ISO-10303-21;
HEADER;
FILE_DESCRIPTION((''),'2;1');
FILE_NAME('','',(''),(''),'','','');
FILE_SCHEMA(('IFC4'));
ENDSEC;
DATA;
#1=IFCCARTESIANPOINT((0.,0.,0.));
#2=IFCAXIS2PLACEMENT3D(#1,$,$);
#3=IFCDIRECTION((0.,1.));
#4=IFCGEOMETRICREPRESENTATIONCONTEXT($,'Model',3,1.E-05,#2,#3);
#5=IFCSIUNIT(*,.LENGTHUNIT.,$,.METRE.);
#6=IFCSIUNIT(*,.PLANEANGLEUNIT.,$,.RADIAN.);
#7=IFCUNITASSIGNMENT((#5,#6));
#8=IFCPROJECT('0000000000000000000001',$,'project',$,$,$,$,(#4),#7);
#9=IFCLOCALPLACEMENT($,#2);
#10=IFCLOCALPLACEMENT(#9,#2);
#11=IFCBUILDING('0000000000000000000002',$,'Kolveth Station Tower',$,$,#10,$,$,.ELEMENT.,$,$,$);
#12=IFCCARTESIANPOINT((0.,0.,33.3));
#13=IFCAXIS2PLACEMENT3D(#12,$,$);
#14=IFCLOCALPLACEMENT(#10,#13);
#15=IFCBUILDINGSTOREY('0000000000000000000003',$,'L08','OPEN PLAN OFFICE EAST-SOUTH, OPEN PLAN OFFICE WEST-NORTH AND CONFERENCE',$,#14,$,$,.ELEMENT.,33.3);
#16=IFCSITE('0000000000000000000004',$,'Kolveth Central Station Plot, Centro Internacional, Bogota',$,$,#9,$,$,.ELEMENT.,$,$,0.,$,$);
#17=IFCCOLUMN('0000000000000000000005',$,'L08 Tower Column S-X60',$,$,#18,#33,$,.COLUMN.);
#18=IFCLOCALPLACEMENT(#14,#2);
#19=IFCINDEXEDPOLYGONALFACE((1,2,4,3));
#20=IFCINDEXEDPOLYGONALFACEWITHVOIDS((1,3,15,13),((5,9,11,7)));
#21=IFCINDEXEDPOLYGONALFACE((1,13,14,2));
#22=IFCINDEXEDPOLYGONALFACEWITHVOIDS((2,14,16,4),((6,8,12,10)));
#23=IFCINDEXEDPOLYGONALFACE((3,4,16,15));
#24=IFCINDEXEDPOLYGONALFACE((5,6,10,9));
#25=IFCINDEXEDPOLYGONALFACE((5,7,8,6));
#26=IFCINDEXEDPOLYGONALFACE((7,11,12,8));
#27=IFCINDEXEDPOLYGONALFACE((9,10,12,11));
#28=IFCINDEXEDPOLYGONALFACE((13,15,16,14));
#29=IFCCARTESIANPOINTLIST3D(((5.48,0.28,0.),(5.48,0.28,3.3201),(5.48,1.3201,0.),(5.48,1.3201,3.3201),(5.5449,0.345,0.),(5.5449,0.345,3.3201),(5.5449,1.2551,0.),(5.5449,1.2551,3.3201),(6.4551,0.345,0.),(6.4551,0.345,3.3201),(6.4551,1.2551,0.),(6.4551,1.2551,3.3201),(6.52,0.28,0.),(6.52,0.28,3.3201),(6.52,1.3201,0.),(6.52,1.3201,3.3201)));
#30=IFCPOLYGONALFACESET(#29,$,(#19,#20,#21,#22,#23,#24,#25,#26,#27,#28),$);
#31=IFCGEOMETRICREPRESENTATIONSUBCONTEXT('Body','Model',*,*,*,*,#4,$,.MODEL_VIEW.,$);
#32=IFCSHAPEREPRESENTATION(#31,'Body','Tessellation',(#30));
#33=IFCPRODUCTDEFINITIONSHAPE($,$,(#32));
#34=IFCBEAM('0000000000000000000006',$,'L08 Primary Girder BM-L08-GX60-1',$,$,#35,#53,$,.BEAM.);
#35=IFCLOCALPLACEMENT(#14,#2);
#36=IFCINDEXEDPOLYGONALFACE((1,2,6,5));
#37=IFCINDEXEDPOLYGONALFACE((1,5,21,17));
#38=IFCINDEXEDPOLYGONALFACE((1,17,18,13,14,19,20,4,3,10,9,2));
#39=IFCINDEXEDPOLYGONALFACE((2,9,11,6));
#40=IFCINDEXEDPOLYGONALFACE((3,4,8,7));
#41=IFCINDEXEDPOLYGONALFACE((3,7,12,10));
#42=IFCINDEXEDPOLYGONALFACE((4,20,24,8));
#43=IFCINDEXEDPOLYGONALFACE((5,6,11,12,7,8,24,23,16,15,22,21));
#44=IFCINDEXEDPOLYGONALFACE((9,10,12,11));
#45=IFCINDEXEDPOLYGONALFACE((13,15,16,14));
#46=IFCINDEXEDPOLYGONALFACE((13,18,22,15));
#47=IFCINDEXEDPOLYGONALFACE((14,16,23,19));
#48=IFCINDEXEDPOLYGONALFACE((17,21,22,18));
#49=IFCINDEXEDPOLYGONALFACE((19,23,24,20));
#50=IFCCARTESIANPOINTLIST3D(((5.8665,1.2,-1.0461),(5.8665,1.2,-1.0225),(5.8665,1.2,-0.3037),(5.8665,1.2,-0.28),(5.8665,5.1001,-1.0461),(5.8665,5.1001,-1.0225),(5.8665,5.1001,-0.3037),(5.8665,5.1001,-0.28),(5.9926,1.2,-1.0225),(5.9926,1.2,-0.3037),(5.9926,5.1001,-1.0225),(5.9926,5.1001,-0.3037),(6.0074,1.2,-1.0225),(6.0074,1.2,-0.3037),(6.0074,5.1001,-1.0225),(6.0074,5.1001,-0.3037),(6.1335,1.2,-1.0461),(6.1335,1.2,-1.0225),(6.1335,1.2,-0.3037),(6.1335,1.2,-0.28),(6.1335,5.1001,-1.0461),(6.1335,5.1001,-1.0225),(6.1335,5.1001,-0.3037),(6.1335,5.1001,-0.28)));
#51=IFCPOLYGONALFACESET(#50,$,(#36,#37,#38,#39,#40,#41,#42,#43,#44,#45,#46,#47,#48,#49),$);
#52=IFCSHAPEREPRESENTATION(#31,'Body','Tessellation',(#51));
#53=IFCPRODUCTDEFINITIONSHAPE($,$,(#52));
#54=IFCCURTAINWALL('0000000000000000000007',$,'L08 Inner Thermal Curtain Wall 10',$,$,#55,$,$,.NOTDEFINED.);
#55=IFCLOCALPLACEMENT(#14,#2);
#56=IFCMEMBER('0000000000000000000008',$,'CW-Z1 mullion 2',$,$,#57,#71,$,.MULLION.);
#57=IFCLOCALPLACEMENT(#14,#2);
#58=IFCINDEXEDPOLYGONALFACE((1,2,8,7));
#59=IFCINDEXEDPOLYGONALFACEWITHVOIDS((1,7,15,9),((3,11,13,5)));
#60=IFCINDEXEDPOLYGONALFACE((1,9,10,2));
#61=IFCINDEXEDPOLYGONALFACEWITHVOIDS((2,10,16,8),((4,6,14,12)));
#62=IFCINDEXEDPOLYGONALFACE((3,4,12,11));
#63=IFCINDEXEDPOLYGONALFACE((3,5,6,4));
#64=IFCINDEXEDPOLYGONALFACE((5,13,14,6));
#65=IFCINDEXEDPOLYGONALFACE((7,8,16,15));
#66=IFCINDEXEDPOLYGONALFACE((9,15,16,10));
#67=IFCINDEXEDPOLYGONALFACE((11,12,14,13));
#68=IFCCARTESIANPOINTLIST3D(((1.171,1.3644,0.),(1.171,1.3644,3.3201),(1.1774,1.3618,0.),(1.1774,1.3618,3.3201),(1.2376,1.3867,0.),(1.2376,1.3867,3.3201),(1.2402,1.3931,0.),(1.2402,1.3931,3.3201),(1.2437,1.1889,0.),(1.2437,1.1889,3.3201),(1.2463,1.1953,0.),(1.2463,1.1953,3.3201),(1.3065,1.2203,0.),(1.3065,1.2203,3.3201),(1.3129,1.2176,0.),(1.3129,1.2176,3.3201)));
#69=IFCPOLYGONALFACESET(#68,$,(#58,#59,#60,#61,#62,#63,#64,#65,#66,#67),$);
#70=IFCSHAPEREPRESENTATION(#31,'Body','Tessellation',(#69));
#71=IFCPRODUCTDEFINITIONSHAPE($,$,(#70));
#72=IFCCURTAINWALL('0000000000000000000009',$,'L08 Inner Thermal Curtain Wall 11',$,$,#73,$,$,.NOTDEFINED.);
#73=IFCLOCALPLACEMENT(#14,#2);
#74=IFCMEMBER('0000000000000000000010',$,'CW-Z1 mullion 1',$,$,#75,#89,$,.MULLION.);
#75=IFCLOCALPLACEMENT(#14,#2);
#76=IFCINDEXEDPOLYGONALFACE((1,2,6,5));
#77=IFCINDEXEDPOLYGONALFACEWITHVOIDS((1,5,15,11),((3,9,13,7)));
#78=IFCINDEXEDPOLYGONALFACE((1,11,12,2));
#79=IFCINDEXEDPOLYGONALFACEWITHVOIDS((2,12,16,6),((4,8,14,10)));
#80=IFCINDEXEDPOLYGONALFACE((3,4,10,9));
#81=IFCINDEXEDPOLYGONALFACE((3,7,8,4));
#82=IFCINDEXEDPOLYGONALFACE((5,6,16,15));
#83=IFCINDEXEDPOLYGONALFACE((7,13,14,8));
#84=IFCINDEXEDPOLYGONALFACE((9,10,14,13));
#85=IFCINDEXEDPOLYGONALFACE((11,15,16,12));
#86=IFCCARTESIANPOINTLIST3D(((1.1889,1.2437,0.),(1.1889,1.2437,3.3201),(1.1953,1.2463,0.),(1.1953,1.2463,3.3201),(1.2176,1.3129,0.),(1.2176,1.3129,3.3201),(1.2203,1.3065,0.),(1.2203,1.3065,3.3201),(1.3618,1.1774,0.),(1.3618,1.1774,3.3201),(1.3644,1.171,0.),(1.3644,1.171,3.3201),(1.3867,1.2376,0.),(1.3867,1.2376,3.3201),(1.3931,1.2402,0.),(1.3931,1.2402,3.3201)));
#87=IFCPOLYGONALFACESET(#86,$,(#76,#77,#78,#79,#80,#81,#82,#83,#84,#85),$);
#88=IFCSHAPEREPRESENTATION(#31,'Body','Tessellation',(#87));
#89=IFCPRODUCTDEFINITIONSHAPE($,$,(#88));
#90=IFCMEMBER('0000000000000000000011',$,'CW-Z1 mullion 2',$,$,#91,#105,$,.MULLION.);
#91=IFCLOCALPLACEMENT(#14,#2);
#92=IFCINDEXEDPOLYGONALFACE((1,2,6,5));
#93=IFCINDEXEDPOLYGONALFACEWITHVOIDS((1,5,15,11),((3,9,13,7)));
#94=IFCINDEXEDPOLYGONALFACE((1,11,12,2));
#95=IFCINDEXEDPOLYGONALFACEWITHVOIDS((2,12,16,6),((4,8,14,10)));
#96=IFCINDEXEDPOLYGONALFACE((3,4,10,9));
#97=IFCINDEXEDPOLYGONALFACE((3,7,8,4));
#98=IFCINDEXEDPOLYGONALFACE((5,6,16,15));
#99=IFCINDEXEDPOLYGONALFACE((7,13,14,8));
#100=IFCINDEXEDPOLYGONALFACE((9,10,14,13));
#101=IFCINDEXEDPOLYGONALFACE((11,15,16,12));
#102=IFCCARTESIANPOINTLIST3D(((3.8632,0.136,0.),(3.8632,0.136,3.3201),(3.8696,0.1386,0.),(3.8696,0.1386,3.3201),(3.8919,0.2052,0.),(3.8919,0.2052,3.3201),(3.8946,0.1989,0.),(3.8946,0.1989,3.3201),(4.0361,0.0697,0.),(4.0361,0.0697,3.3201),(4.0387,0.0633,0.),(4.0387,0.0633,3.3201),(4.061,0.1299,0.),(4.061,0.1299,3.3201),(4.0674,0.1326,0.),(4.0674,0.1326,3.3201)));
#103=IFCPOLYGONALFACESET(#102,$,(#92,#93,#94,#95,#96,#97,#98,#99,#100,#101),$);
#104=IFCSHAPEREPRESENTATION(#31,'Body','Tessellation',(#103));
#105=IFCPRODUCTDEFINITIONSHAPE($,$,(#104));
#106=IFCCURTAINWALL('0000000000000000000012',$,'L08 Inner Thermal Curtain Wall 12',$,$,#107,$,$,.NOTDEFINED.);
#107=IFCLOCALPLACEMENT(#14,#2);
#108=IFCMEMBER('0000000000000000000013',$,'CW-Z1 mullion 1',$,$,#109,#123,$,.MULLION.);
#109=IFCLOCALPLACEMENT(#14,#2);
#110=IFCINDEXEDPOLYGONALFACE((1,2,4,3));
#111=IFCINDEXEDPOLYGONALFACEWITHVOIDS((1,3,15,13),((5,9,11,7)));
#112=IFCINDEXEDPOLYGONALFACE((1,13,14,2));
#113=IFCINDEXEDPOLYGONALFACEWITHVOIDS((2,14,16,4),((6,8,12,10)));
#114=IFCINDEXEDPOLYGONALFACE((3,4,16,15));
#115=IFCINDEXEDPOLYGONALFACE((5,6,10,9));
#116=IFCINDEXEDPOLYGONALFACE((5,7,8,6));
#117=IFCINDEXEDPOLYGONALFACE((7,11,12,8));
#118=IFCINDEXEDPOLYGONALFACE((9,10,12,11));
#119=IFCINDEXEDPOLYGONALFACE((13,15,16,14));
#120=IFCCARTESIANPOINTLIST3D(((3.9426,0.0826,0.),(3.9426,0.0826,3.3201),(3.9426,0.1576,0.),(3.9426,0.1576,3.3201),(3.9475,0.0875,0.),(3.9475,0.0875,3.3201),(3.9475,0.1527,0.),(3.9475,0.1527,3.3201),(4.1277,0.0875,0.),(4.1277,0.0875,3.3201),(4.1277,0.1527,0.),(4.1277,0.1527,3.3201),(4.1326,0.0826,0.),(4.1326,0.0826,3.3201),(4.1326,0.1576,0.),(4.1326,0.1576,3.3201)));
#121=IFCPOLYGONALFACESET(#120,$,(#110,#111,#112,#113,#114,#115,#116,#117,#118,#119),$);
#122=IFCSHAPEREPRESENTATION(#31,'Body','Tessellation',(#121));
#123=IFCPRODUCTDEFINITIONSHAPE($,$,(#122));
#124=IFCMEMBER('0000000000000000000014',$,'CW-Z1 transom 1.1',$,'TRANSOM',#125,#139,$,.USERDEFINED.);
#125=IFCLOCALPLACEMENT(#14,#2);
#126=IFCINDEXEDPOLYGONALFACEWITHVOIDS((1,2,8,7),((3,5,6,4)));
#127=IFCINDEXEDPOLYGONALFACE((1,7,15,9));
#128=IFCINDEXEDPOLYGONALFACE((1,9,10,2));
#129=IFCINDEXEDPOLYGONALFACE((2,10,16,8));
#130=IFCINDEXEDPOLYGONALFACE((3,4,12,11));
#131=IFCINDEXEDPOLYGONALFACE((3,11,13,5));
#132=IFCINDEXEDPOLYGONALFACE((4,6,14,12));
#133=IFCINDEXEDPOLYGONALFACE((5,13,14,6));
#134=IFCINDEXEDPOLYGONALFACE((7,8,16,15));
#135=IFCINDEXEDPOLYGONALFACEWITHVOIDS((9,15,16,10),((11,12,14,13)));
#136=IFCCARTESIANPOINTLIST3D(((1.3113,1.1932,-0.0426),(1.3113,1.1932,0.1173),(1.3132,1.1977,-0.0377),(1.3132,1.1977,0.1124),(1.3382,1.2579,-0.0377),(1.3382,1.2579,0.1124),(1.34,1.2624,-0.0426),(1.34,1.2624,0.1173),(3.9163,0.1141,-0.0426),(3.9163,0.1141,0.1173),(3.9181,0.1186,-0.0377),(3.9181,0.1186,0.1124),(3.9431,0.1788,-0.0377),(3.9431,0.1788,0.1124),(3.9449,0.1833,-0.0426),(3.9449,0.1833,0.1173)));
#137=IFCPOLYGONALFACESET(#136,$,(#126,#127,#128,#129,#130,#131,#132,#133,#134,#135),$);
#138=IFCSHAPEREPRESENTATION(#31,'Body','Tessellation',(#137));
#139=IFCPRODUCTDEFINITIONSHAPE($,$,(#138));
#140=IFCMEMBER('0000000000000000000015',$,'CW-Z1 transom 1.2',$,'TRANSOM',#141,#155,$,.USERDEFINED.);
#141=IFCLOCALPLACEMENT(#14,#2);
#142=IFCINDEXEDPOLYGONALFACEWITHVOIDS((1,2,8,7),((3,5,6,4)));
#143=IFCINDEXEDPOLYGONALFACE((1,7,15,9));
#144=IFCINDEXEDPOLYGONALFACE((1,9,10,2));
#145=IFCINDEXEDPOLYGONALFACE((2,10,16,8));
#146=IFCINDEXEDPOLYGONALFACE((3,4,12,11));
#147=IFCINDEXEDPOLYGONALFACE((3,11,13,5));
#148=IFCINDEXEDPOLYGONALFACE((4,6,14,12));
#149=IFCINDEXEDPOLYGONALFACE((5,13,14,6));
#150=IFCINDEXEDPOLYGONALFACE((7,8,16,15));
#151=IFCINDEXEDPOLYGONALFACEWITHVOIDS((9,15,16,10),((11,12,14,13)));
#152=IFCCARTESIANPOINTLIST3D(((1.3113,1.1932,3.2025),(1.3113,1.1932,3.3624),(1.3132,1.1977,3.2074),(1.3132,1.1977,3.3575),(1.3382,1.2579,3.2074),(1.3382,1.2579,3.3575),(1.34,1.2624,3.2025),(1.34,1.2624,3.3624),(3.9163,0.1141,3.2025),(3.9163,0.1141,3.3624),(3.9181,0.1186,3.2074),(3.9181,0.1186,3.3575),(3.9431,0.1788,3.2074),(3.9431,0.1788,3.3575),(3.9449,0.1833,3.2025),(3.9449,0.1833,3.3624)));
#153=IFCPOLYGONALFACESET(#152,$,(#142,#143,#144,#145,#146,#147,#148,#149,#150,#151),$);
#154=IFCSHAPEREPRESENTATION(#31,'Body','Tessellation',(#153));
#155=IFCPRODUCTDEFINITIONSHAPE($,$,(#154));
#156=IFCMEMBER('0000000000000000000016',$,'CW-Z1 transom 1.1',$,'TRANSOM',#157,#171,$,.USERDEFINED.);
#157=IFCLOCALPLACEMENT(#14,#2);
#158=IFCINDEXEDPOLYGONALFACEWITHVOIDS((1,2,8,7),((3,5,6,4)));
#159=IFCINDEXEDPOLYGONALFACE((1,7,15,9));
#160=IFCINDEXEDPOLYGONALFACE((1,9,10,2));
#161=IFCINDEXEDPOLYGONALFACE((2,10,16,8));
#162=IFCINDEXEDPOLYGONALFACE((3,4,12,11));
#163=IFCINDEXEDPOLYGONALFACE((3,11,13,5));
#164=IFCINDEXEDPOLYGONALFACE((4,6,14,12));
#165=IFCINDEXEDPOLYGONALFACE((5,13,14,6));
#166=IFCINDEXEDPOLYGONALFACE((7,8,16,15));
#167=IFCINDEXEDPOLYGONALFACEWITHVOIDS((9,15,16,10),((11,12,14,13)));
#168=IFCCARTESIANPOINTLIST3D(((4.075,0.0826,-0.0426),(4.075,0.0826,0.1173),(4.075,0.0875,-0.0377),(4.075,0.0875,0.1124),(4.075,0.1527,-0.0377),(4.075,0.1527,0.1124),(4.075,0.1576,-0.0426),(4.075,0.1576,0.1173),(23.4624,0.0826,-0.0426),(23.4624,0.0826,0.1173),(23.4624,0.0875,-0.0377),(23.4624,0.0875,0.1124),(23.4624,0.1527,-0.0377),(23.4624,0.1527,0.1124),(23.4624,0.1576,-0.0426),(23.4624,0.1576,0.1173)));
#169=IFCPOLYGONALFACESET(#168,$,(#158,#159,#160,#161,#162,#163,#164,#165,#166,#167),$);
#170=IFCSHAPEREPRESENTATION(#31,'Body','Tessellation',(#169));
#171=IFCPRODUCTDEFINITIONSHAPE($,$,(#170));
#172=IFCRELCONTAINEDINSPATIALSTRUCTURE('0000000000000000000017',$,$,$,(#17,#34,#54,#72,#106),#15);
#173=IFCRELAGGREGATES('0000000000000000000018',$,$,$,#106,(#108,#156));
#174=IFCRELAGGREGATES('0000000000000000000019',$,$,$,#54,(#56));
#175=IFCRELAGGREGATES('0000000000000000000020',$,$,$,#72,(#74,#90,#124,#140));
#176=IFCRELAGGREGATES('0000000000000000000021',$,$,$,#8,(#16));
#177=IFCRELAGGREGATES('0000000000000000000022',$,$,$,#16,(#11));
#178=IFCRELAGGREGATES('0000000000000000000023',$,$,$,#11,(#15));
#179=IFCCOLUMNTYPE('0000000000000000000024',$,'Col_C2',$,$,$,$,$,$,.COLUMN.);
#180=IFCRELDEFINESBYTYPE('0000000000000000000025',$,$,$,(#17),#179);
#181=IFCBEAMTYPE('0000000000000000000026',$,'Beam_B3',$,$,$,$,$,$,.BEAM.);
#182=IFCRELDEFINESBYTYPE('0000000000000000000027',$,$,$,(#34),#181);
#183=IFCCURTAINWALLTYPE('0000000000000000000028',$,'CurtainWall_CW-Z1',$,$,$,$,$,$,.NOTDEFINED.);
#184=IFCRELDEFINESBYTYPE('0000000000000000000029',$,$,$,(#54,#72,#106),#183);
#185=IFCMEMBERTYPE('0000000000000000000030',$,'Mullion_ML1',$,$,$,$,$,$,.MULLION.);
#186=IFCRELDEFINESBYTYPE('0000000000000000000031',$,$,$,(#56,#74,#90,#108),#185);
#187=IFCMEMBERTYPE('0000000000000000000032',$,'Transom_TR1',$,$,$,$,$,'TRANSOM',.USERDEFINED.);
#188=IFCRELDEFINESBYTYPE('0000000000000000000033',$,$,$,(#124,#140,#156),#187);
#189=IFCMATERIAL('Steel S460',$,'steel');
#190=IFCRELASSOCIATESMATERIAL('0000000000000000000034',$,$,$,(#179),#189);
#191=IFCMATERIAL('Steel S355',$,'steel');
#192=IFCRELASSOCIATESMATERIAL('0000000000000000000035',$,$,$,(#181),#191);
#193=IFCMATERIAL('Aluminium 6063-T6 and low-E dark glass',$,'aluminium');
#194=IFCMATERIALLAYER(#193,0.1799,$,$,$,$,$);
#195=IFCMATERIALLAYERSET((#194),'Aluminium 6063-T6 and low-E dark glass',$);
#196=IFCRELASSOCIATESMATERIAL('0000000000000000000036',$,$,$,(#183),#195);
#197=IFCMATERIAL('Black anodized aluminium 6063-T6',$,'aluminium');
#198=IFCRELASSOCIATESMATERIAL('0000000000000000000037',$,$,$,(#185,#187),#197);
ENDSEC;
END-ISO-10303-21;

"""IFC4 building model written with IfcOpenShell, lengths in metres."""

from ifc_helpers import new_model, si_unit, direction, frame, origin, origin_2d, place, context, subcontext, project, spatial, hollow_rectangle, i_section, extrude, source, transform, mapped, material, layer, layer_set, material_profile, profile_set, type_object, element, aggregate, save


model = new_model("IFC4")

# Units and contexts
model_context = context("Model", 3, precision=1e-05, world=origin(), true_north=direction((0.0, 1.0)))
body_context = subcontext(model_context, "Body", "Model", "MODEL_VIEW")
ifc_project = project(units=[si_unit("LENGTHUNIT", "METRE"), si_unit("PLANEANGLEUNIT", "RADIAN")], contexts=[model_context])

# Site, building, storey
site_placement = place(None, origin())
site = spatial("IfcSite", under=ifc_project, at=site_placement, Name="Kolveth Central Station Plot, Centro Internacional, Bogota", CompositionType="ELEMENT", RefElevation=0.0)
building_placement = place(site_placement, origin())
building = spatial("IfcBuilding", under=site, at=building_placement, Name="Kolveth Station Tower", CompositionType="ELEMENT")
storey_placement = place(building_placement, frame((0.0, 0.0, 33.3)))
storey = spatial("IfcBuildingStorey", under=building, at=storey_placement, Name="L08", Description="OPEN PLAN OFFICE EAST-SOUTH, OPEN PLAN OFFICE WEST-NORTH AND CONFERENCE", CompositionType="ELEMENT", Elevation=33.3)

# Column
ifc_material_1 = material(Name="Steel S460", Category="steel")
ifc_material_profile_1 = material_profile(ifc_material_1, hollow_rectangle(XDim=1.04, YDim=1.04, WallThickness=0.0649, at=origin_2d()), Name="BOX1040x1040x65")
ifc_profile_set_1 = profile_set([ifc_material_profile_1], Name="Steel S460")
column_type = type_object("IfcColumnType", Name="Col_C2", PredefinedType="COLUMN", material=ifc_profile_set_1)
shared_shape_1 = source(origin(), body_context, "Body", "SweptSolid", [
    extrude(hollow_rectangle(XDim=1.04, YDim=1.04, WallThickness=0.0649, at=origin_2d()), origin(), (0.0, 0.0, 1.0), 3.3201),
])
column_placement = place(storey_placement, frame((6.0, 0.8, 0.0), z_axis=(0.0, 0.0, 1.0), x_axis=(1.0, 0.0, 0.0)))
element("IfcColumn", 1, at=column_placement, inside=storey, type_object=column_type, Name="L08 Tower Column S-X60", PredefinedType="COLUMN", context=body_context, shape_type="MappedRepresentation", body=[
    mapped(shared_shape_1, transform((0.0, 0.0, 0.0), x_axis=(1.0, 0.0, 0.0), y_axis=(0.0, 1.0, 0.0), z_axis=(0.0, 0.0, 1.0), scale=1.0)),
])

# Beam
ifc_material_2 = material(Name="Steel S355", Category="steel")
ifc_material_profile_2 = material_profile(ifc_material_2, i_section(OverallWidth=0.2671, OverallDepth=0.7661, WebThickness=0.0149, FlangeThickness=0.0237, at=origin_2d()), Name="W760x185")
ifc_profile_set_2 = profile_set([ifc_material_profile_2], Name="Steel S355")
beam_type = type_object("IfcBeamType", Name="Beam_B3", PredefinedType="BEAM", material=ifc_profile_set_2)
shared_shape_2 = source(origin(), body_context, "Body", "SweptSolid", [
    extrude(i_section(OverallWidth=0.2671, OverallDepth=0.7661, WebThickness=0.0149, FlangeThickness=0.0237, at=origin_2d()), origin(), (0.0, 0.0, 1.0), 3.9001),
])
beam_placement = place(storey_placement, frame((6.0, 1.2, -0.6631), z_axis=(0.0, 1.0, 0.0), x_axis=(-1.0, 0.0, 0.0)))
element("IfcBeam", 2, at=beam_placement, inside=storey, type_object=beam_type, Name="L08 Primary Girder BM-L08-GX60-1", PredefinedType="BEAM", context=body_context, shape_type="MappedRepresentation", body=[
    mapped(shared_shape_2, transform((0.0, 0.0, 0.0), x_axis=(1.0, 0.0, 0.0), y_axis=(0.0, 1.0, 0.0), z_axis=(0.0, 0.0, 1.0), scale=1.0)),
])

# Curtain wall, member
ifc_material_3 = material(Name="Aluminium 6063-T6 and low-E dark glass", Category="aluminium")
ifc_layer_1 = layer(ifc_material_3, 0.1799)
ifc_layer_set_1 = layer_set([ifc_layer_1], Name="Aluminium 6063-T6 and low-E dark glass")
curtain_wall_type_1 = type_object("IfcCurtainWallType", Name="CurtainWall_CW-Z1", PredefinedType="NOTDEFINED", material=ifc_layer_set_1)
curtain_wall_1_placement = place(storey_placement, origin())
curtain_wall_1 = element("IfcCurtainWall", 3, at=curtain_wall_1_placement, inside=storey, type_object=curtain_wall_type_1, Name="L08 Inner Thermal Curtain Wall 10", PredefinedType="NOTDEFINED")
ifc_material_4 = material(Name="Black anodized aluminium 6063-T6", Category="aluminium")
ifc_material_profile_3 = material_profile(ifc_material_4, hollow_rectangle(XDim=0.075, YDim=0.1899, WallThickness=0.0049, at=origin_2d()), Name="ALU-75x190x5")
ifc_profile_set_3 = profile_set([ifc_material_profile_3], Name="Black anodized aluminium 6063-T6")
member_type_1 = type_object("IfcMemberType", Name="Mullion_ML1", PredefinedType="MULLION", material=ifc_profile_set_3)
shared_shape_3 = source(origin(), body_context, "Body", "SweptSolid", [
    extrude(hollow_rectangle(XDim=0.075, YDim=0.1899, WallThickness=0.0049, at=origin_2d()), origin(), (0.0, 0.0, 1.0), 3.3201),
])
member_1_placement = place(storey_placement, frame((1.2419, 1.291, 0.0), z_axis=(0.0, 0.0, 1.0), x_axis=(0.923884, 0.382673, 0.0)))
member_1 = element("IfcMember", 4, at=member_1_placement, type_object=member_type_1, Name="CW-Z1 mullion 2", PredefinedType="MULLION", context=body_context, shape_type="MappedRepresentation", body=[
    mapped(shared_shape_3, transform((0.0, 0.0, 0.0), x_axis=(1.0, 0.0, 0.0), y_axis=(0.0, 1.0, 0.0), z_axis=(0.0, 0.0, 1.0), scale=1.0)),
])

# Curtain wall, members
curtain_wall_2_placement = place(storey_placement, origin())
curtain_wall_2 = element("IfcCurtainWall", 5, at=curtain_wall_2_placement, inside=storey, type_object=curtain_wall_type_1, Name="L08 Inner Thermal Curtain Wall 11", PredefinedType="NOTDEFINED")
member_2_placement = place(storey_placement, frame((1.291, 1.2419, 0.0), z_axis=(0.0, 0.0, 1.0), x_axis=(0.382673, 0.923884, 0.0)))
member_2 = element("IfcMember", 6, at=member_2_placement, type_object=member_type_1, Name="CW-Z1 mullion 1", PredefinedType="MULLION", context=body_context, shape_type="MappedRepresentation", body=[
    mapped(shared_shape_3, transform((0.0, 0.0, 0.0), x_axis=(1.0, 0.0, 0.0), y_axis=(0.0, 1.0, 0.0), z_axis=(0.0, 0.0, 1.0), scale=1.0)),
])
member_3_placement = place(storey_placement, frame((3.9653, 0.1343, 0.0), z_axis=(0.0, 0.0, 1.0), x_axis=(0.382673, 0.923884, 0.0)))
member_3 = element("IfcMember", 7, at=member_3_placement, type_object=member_type_1, Name="CW-Z1 mullion 2", PredefinedType="MULLION", context=body_context, shape_type="MappedRepresentation", body=[
    mapped(shared_shape_3, transform((0.0, 0.0, 0.0), x_axis=(1.0, 0.0, 0.0), y_axis=(0.0, 1.0, 0.0), z_axis=(0.0, 0.0, 1.0), scale=1.0)),
])

# Curtain wall, member
curtain_wall_3_placement = place(storey_placement, origin())
curtain_wall_3 = element("IfcCurtainWall", 8, at=curtain_wall_3_placement, inside=storey, type_object=curtain_wall_type_1, Name="L08 Inner Thermal Curtain Wall 12", PredefinedType="NOTDEFINED")
member_4_placement = place(storey_placement, frame((4.0376, 0.1201, 0.0), z_axis=(0.0, 0.0, 1.0), x_axis=(0.0, 1.0, 0.0)))
member_4 = element("IfcMember", 9, at=member_4_placement, type_object=member_type_1, Name="CW-Z1 mullion 1", PredefinedType="MULLION", context=body_context, shape_type="MappedRepresentation", body=[
    mapped(shared_shape_3, transform((0.0, 0.0, 0.0), x_axis=(1.0, 0.0, 0.0), y_axis=(0.0, 1.0, 0.0), z_axis=(0.0, 0.0, 1.0), scale=1.0)),
])

# Members
ifc_material_profile_4 = material_profile(ifc_material_4, hollow_rectangle(XDim=0.075, YDim=0.1599, WallThickness=0.0049, at=origin_2d()), Name="ALU-75x160x5")
ifc_profile_set_4 = profile_set([ifc_material_profile_4], Name="Black anodized aluminium 6063-T6")
member_type_2 = type_object("IfcMemberType", Name="Transom_TR1", ElementType="TRANSOM", PredefinedType="USERDEFINED", material=ifc_profile_set_4)
shared_shape_4 = source(origin(), body_context, "Body", "SweptSolid", [
    extrude(hollow_rectangle(XDim=0.075, YDim=0.1599, WallThickness=0.0049, at=origin_2d()), origin(), (0.0, 0.0, 1.0), 2.8196),
])
member_5_placement = place(storey_placement, frame((1.3257, 1.2278, 0.0374), z_axis=(0.923869, -0.382709, 0.0), x_axis=(0.382709, 0.923869, 0.0)))
member_5 = element("IfcMember", 10, at=member_5_placement, type_object=member_type_2, Name="CW-Z1 transom 1.1", ObjectType="TRANSOM", PredefinedType="USERDEFINED", context=body_context, shape_type="MappedRepresentation", body=[
    mapped(shared_shape_4, transform((0.0, 0.0, 0.0), x_axis=(1.0, 0.0, 0.0), y_axis=(0.0, 1.0, 0.0), z_axis=(0.0, 0.0, 1.0), scale=1.0)),
])
member_6_placement = place(storey_placement, frame((1.3257, 1.2278, 3.2825), z_axis=(0.923869, -0.382709, 0.0), x_axis=(0.382709, 0.923869, 0.0)))
member_6 = element("IfcMember", 11, at=member_6_placement, type_object=member_type_2, Name="CW-Z1 transom 1.2", ObjectType="TRANSOM", PredefinedType="USERDEFINED", context=body_context, shape_type="MappedRepresentation", body=[
    mapped(shared_shape_4, transform((0.0, 0.0, 0.0), x_axis=(1.0, 0.0, 0.0), y_axis=(0.0, 1.0, 0.0), z_axis=(0.0, 0.0, 1.0), scale=1.0)),
])
shared_shape_5 = source(origin(), body_context, "Body", "SweptSolid", [
    extrude(hollow_rectangle(XDim=0.075, YDim=0.1599, WallThickness=0.0049, at=origin_2d()), origin(), (0.0, 0.0, 1.0), 19.3875),
])
member_7_placement = place(storey_placement, frame((4.075, 0.1201, 0.0374), z_axis=(1.0, 0.0, 0.0), x_axis=(0.0, 1.0, 0.0)))
member_7 = element("IfcMember", 12, at=member_7_placement, type_object=member_type_2, Name="CW-Z1 transom 1.1", ObjectType="TRANSOM", PredefinedType="USERDEFINED", context=body_context, shape_type="MappedRepresentation", body=[
    mapped(shared_shape_5, transform((0.0, 0.0, 0.0), x_axis=(1.0, 0.0, 0.0), y_axis=(0.0, 1.0, 0.0), z_axis=(0.0, 0.0, 1.0), scale=1.0)),
])
aggregate(curtain_wall_3, [member_4, member_7])

aggregate(curtain_wall_1, [member_1])
aggregate(curtain_wall_2, [member_2, member_3, member_5, member_6])

save(model, "model.ifc")
